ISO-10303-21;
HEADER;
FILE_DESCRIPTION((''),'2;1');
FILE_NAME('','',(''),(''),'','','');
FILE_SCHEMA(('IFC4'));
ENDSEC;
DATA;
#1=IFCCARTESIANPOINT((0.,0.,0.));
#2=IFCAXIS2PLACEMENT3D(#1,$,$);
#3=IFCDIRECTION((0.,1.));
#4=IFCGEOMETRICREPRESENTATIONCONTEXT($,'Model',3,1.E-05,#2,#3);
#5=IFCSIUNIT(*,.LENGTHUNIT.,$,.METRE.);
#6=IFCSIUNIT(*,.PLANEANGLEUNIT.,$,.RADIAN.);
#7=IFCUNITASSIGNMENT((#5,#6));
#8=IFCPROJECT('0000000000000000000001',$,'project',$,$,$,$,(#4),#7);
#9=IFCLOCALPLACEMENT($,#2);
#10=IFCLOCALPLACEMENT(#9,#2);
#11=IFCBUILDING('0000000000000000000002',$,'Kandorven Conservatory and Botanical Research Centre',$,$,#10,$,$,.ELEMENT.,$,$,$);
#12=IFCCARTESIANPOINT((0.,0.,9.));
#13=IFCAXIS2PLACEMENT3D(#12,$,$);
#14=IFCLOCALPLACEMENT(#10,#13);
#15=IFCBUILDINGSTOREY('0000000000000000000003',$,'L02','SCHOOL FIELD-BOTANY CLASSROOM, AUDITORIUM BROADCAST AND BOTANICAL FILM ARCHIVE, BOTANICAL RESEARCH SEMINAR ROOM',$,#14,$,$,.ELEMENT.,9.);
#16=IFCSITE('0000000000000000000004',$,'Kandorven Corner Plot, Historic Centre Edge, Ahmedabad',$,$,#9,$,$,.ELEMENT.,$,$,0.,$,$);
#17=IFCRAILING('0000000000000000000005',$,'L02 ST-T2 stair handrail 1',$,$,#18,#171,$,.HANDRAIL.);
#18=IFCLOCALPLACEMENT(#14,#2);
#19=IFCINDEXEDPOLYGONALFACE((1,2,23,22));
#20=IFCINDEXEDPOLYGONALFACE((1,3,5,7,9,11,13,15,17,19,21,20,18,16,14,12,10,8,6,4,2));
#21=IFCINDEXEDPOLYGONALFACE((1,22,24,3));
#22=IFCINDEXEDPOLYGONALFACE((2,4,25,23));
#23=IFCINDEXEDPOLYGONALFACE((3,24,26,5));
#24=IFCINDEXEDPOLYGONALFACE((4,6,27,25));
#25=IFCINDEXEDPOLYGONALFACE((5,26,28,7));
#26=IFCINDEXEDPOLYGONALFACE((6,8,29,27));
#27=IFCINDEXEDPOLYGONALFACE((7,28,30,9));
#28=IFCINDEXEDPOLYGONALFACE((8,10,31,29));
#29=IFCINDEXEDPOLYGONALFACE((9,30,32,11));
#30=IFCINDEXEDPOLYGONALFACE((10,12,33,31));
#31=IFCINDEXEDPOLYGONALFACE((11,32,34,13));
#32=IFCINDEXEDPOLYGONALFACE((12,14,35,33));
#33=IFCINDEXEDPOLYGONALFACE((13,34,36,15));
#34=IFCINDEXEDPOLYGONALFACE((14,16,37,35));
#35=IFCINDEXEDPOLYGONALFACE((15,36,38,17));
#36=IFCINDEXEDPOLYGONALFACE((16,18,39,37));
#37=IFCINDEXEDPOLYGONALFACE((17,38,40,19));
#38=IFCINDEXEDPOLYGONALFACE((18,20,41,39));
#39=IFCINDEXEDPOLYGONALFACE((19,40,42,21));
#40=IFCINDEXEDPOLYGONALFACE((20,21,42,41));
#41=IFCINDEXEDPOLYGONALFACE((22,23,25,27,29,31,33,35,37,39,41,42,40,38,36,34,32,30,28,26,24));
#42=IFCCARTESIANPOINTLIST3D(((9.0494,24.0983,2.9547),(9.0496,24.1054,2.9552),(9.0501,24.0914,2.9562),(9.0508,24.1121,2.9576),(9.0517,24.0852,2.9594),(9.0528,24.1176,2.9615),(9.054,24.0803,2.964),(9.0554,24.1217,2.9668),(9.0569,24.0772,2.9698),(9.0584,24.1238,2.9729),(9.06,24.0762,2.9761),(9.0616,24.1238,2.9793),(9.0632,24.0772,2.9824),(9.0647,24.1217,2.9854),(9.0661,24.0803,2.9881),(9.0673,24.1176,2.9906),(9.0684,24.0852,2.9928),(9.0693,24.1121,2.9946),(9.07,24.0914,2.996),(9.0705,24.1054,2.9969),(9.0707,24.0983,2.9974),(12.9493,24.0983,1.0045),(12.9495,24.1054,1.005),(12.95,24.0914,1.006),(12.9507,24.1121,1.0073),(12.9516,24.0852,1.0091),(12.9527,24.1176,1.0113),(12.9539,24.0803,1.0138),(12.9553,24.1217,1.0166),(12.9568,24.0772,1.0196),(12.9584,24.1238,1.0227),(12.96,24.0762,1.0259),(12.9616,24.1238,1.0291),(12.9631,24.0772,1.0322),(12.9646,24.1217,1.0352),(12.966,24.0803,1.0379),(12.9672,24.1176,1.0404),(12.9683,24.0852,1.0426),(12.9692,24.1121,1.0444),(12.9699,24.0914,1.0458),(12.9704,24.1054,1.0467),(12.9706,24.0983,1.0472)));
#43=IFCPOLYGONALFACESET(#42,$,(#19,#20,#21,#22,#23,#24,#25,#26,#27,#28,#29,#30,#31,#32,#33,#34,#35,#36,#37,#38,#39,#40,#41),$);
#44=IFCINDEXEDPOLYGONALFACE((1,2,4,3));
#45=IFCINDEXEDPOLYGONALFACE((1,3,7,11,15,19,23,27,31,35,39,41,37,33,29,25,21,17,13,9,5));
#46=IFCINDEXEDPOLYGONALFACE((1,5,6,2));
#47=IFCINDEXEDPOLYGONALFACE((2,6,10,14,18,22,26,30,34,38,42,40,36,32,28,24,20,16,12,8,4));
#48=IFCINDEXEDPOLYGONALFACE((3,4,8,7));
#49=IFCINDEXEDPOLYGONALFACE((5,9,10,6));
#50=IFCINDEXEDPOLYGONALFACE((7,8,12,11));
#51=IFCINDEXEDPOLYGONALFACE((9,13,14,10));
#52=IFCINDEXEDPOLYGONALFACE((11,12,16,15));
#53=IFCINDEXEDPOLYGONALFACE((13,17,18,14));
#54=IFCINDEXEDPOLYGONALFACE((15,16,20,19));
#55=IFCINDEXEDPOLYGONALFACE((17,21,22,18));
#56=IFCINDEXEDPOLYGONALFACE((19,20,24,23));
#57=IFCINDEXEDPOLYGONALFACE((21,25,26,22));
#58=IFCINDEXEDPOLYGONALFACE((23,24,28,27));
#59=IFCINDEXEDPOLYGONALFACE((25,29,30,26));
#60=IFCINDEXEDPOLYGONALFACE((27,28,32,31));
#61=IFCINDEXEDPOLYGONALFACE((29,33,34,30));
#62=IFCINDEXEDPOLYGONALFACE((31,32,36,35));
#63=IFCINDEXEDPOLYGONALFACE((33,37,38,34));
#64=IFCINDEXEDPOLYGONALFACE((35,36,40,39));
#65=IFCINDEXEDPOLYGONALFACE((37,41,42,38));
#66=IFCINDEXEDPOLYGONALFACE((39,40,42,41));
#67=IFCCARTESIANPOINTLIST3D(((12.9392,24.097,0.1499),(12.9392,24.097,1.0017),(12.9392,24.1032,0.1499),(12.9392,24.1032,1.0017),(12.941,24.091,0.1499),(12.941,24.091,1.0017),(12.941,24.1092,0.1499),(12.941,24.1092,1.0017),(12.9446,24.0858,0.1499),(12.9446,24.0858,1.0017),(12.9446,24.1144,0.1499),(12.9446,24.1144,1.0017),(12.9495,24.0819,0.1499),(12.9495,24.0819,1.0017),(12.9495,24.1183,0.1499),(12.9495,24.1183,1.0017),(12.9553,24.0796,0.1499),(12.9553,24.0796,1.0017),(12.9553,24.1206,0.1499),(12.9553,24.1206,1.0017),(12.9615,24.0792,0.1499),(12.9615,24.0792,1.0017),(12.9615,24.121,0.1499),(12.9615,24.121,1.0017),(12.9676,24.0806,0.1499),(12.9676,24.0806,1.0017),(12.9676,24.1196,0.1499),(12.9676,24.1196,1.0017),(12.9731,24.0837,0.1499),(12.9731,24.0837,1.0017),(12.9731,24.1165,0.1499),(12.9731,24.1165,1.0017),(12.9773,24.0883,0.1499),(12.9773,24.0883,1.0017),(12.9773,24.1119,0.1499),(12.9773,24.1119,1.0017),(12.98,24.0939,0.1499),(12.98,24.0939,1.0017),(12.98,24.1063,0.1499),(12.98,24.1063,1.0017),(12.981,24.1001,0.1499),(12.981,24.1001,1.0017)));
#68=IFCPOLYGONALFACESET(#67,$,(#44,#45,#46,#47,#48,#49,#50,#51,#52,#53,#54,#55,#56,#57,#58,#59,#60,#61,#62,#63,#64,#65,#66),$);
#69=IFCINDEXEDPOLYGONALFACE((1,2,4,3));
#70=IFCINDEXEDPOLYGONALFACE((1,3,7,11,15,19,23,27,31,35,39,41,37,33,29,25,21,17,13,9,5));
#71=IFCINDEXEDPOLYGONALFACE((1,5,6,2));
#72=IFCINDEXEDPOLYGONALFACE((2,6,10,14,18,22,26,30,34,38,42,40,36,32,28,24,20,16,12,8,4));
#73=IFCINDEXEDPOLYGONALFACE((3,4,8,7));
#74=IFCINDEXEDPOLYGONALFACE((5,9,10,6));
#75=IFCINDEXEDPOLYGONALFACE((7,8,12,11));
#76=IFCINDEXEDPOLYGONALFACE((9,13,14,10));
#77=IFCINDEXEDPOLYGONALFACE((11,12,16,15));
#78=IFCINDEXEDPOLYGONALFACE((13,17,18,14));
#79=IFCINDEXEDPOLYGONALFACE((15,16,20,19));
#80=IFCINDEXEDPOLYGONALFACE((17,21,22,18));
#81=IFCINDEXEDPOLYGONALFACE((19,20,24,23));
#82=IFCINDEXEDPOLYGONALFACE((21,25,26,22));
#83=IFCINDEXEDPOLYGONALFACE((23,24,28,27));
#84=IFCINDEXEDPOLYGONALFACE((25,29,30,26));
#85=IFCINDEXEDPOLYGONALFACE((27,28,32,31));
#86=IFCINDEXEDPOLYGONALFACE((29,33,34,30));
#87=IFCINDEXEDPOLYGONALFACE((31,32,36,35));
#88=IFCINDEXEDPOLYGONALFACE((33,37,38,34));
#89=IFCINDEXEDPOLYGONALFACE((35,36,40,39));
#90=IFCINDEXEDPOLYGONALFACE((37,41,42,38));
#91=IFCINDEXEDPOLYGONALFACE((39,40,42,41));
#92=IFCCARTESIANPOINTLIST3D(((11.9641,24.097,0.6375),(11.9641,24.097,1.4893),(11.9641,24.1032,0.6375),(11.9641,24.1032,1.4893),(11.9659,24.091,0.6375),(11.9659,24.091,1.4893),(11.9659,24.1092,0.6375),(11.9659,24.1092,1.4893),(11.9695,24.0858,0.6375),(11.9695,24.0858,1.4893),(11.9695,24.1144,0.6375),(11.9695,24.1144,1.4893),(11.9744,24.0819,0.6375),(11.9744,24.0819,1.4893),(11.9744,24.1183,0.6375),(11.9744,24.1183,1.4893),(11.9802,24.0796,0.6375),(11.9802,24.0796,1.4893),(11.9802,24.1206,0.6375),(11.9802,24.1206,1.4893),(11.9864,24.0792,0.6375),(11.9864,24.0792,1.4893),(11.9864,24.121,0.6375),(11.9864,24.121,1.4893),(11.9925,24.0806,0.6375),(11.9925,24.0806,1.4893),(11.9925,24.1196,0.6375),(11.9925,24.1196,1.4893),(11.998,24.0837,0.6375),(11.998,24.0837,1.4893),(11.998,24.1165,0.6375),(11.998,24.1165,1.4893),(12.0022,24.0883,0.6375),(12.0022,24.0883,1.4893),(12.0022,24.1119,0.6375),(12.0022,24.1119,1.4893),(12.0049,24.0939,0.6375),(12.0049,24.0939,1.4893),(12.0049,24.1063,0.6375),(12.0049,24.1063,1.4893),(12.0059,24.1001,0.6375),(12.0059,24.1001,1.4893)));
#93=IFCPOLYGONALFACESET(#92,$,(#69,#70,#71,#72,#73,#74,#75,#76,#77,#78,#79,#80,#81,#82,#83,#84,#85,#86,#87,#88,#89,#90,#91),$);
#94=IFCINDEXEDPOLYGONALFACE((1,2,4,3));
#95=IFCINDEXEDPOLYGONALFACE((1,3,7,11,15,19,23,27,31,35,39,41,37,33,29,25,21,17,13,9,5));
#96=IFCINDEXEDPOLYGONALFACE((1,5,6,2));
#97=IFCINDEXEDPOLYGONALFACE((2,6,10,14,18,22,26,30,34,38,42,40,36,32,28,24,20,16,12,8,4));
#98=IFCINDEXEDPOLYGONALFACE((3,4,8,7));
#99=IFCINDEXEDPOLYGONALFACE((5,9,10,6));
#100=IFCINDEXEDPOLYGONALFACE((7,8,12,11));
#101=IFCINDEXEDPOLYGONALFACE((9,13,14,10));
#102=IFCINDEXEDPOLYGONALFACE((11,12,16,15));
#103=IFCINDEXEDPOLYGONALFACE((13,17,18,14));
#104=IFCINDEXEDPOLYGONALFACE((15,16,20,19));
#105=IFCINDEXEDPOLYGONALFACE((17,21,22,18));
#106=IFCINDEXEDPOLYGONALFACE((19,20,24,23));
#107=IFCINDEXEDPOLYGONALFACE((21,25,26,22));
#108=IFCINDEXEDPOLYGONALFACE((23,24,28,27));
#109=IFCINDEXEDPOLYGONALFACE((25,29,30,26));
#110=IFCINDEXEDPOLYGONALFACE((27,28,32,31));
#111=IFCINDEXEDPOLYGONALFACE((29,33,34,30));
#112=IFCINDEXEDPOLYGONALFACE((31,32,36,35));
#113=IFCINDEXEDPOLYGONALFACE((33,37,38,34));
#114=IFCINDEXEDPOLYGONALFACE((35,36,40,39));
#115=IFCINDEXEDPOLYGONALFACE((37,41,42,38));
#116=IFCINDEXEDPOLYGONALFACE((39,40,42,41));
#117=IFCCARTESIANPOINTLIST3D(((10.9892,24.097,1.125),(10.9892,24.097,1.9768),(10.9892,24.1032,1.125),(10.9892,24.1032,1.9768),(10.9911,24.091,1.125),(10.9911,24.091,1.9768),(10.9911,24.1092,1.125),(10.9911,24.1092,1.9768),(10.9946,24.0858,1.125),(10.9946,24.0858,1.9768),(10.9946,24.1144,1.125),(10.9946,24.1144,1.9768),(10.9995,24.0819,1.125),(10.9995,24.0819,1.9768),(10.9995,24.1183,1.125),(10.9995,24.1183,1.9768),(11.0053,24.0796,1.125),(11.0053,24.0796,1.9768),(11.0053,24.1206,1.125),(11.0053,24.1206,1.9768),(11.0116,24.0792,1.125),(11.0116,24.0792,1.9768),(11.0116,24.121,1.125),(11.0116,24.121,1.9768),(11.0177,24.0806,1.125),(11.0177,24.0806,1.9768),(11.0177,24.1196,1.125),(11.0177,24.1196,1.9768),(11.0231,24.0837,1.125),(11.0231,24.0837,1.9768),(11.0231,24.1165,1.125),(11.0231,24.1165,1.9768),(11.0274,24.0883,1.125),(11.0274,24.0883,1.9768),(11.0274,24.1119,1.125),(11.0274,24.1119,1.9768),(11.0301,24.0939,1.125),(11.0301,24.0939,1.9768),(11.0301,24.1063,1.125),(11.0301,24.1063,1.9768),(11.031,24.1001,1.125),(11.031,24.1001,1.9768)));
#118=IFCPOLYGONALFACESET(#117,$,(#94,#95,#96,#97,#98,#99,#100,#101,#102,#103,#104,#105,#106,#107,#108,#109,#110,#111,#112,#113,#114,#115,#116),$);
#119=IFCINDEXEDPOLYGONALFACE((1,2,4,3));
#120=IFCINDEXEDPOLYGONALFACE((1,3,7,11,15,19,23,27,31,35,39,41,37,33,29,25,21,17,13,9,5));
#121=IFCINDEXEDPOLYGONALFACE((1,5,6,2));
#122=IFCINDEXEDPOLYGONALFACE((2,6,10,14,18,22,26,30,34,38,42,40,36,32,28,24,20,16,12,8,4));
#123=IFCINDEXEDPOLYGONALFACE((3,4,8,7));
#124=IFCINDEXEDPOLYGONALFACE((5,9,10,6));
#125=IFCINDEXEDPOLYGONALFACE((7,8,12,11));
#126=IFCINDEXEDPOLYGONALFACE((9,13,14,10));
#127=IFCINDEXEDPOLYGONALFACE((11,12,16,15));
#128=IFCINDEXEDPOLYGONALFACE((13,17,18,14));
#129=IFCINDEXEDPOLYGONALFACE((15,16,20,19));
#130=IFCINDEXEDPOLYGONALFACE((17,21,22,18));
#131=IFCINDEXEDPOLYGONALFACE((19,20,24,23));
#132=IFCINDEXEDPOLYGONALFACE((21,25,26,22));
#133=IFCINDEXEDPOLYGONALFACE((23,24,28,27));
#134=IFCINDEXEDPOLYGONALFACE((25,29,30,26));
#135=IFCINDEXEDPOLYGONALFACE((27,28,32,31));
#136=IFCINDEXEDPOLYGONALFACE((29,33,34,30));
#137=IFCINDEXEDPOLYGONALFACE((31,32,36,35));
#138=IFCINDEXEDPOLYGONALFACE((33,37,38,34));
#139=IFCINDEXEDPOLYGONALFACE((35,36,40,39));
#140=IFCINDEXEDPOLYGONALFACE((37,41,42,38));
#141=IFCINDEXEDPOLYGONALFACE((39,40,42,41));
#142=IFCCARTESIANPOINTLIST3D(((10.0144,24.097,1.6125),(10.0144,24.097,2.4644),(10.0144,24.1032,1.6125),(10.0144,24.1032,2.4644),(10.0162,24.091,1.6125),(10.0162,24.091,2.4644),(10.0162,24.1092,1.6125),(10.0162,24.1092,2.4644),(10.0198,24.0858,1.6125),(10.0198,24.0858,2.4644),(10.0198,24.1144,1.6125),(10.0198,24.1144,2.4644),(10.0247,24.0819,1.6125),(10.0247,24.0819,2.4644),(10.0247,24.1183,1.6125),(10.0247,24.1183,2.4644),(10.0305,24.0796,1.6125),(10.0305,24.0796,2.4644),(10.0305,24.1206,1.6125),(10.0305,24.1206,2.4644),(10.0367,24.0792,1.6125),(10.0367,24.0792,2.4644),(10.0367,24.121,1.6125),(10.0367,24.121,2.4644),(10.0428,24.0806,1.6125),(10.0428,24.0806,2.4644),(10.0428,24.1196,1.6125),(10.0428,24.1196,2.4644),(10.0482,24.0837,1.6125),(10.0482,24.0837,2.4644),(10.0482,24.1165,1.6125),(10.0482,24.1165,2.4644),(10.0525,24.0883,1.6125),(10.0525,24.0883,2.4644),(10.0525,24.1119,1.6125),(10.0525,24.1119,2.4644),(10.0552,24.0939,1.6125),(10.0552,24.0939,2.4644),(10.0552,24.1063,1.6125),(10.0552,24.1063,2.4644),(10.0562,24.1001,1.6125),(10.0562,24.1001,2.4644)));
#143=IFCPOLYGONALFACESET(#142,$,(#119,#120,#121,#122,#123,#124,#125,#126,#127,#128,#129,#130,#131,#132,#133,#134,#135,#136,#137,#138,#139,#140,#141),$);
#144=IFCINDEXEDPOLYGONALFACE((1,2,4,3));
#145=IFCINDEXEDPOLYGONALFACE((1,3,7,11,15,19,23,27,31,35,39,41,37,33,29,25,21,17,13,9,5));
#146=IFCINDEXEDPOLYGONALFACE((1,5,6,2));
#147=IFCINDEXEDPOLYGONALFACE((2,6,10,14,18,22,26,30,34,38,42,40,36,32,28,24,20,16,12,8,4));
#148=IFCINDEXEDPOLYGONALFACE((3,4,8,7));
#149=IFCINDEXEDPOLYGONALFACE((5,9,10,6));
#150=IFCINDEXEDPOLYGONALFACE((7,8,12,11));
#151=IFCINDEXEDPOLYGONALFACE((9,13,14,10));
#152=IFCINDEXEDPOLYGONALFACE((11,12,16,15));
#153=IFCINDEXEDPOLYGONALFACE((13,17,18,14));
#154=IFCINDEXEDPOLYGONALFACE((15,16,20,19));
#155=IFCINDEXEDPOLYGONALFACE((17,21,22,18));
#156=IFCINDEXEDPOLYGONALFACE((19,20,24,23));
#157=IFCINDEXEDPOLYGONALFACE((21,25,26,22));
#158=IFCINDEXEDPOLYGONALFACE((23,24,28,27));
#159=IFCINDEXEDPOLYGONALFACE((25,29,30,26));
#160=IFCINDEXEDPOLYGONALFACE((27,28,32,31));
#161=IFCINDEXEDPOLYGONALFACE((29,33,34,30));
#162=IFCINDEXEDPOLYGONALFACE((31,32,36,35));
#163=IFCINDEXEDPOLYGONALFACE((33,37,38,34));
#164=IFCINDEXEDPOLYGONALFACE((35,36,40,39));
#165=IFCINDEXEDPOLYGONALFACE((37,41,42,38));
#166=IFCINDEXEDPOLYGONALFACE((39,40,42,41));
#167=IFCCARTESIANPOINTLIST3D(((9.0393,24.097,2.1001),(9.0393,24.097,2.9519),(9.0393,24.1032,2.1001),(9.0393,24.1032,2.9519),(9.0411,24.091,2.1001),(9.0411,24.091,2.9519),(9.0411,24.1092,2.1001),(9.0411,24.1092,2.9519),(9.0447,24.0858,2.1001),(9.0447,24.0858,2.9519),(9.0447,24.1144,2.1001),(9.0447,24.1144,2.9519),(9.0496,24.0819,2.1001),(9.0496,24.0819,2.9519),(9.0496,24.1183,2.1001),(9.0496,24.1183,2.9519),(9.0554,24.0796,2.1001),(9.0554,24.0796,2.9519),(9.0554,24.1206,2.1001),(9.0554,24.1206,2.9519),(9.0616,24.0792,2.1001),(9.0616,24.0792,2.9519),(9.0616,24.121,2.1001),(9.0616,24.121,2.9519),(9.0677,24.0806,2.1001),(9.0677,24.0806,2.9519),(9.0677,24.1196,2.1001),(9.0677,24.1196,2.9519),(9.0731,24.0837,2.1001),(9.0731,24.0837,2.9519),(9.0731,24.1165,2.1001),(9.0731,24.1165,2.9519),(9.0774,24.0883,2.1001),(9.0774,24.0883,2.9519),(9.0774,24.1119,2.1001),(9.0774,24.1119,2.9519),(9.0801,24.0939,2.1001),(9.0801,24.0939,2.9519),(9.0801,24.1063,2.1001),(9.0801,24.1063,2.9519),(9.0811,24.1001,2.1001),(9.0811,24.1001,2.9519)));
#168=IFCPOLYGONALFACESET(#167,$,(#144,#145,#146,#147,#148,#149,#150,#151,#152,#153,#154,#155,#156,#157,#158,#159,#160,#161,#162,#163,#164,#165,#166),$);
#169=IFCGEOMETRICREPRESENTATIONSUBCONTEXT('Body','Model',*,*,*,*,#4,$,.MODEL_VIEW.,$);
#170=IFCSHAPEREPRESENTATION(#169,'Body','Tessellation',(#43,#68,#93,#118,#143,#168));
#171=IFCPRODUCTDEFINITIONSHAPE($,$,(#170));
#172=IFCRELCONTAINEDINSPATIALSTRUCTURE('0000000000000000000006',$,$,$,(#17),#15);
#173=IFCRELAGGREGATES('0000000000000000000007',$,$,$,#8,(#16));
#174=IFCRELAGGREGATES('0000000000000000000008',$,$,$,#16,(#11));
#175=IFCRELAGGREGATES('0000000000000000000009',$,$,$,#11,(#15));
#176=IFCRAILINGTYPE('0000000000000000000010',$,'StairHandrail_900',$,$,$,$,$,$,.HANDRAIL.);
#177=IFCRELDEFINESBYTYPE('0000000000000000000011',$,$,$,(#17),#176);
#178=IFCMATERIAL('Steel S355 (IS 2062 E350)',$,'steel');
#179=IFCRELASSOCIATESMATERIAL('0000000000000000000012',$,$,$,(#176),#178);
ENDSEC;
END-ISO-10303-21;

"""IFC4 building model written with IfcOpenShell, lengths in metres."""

from ifc_helpers import new_model, si_unit, direction, frame, origin, origin_2d, place, context, subcontext, project, spatial, circle, extrude, material, type_object, element, save


model = new_model("IFC4")

# Units and contexts
model_context = context("Model", 3, precision=1e-05, world=origin(), true_north=direction((0.0, 1.0)))
body_context = subcontext(model_context, "Body", "Model", "MODEL_VIEW")
ifc_project = project(units=[si_unit("LENGTHUNIT", "METRE"), si_unit("PLANEANGLEUNIT", "RADIAN")], contexts=[model_context])

# Site, building, storey
site_placement = place(None, origin())
site = spatial("IfcSite", under=ifc_project, at=site_placement, Name="Kandorven Corner Plot, Historic Centre Edge, Ahmedabad", CompositionType="ELEMENT", RefElevation=0.0)
building_placement = place(site_placement, origin())
building = spatial("IfcBuilding", under=site, at=building_placement, Name="Kandorven Conservatory and Botanical Research Centre", CompositionType="ELEMENT")
storey_placement = place(building_placement, frame((0.0, 0.0, 9.0)))
storey = spatial("IfcBuildingStorey", under=building, at=storey_placement, Name="L02", Description="SCHOOL FIELD-BOTANY CLASSROOM, AUDITORIUM BROADCAST AND BOTANICAL FILM ARCHIVE, BOTANICAL RESEARCH SEMINAR ROOM", CompositionType="ELEMENT", Elevation=9.0)

# Railing
ifc_material_1 = material(Name="Steel S355 (IS 2062 E350)", Category="steel")
railing_type_1 = type_object("IfcRailingType", Name="StairHandrail_900", PredefinedType="HANDRAIL", material=ifc_material_1)
railing_1_placement = place(storey_placement, frame((12.96, 24.1001, 0.1499)))
element("IfcRailing", 1, at=railing_1_placement, inside=storey, type_object=railing_type_1, Name="L02 ST-T2 stair handrail 1", PredefinedType="HANDRAIL", context=body_context, shape_type="SweptSolid", body=[
    extrude(circle(Radius=0.0239, at=origin_2d()), frame((0.0, 0.0, 0.876), z_axis=(-0.894405, 0.0, 0.447258), x_axis=(0.0, -1.0, 0.0)), (0.0, 0.0, 1.0), 4.3604),
    extrude(circle(Radius=0.021, at=origin_2d()), origin(), (0.0, 0.0, 1.0), 0.8518),
    extrude(circle(Radius=0.021, at=origin_2d()), frame((-0.9751, 0.0, 0.4875)), (0.0, 0.0, 1.0), 0.8518),
    extrude(circle(Radius=0.021, at=origin_2d()), frame((-1.95, 0.0, 0.9751)), (0.0, 0.0, 1.0), 0.8518),
    extrude(circle(Radius=0.021, at=origin_2d()), frame((-2.9248, 0.0, 1.4626)), (0.0, 0.0, 1.0), 0.8518),
    extrude(circle(Radius=0.021, at=origin_2d()), frame((-3.8999, 0.0, 1.9502)), (0.0, 0.0, 1.0), 0.8518),
])

save(model, "model.ifc")
